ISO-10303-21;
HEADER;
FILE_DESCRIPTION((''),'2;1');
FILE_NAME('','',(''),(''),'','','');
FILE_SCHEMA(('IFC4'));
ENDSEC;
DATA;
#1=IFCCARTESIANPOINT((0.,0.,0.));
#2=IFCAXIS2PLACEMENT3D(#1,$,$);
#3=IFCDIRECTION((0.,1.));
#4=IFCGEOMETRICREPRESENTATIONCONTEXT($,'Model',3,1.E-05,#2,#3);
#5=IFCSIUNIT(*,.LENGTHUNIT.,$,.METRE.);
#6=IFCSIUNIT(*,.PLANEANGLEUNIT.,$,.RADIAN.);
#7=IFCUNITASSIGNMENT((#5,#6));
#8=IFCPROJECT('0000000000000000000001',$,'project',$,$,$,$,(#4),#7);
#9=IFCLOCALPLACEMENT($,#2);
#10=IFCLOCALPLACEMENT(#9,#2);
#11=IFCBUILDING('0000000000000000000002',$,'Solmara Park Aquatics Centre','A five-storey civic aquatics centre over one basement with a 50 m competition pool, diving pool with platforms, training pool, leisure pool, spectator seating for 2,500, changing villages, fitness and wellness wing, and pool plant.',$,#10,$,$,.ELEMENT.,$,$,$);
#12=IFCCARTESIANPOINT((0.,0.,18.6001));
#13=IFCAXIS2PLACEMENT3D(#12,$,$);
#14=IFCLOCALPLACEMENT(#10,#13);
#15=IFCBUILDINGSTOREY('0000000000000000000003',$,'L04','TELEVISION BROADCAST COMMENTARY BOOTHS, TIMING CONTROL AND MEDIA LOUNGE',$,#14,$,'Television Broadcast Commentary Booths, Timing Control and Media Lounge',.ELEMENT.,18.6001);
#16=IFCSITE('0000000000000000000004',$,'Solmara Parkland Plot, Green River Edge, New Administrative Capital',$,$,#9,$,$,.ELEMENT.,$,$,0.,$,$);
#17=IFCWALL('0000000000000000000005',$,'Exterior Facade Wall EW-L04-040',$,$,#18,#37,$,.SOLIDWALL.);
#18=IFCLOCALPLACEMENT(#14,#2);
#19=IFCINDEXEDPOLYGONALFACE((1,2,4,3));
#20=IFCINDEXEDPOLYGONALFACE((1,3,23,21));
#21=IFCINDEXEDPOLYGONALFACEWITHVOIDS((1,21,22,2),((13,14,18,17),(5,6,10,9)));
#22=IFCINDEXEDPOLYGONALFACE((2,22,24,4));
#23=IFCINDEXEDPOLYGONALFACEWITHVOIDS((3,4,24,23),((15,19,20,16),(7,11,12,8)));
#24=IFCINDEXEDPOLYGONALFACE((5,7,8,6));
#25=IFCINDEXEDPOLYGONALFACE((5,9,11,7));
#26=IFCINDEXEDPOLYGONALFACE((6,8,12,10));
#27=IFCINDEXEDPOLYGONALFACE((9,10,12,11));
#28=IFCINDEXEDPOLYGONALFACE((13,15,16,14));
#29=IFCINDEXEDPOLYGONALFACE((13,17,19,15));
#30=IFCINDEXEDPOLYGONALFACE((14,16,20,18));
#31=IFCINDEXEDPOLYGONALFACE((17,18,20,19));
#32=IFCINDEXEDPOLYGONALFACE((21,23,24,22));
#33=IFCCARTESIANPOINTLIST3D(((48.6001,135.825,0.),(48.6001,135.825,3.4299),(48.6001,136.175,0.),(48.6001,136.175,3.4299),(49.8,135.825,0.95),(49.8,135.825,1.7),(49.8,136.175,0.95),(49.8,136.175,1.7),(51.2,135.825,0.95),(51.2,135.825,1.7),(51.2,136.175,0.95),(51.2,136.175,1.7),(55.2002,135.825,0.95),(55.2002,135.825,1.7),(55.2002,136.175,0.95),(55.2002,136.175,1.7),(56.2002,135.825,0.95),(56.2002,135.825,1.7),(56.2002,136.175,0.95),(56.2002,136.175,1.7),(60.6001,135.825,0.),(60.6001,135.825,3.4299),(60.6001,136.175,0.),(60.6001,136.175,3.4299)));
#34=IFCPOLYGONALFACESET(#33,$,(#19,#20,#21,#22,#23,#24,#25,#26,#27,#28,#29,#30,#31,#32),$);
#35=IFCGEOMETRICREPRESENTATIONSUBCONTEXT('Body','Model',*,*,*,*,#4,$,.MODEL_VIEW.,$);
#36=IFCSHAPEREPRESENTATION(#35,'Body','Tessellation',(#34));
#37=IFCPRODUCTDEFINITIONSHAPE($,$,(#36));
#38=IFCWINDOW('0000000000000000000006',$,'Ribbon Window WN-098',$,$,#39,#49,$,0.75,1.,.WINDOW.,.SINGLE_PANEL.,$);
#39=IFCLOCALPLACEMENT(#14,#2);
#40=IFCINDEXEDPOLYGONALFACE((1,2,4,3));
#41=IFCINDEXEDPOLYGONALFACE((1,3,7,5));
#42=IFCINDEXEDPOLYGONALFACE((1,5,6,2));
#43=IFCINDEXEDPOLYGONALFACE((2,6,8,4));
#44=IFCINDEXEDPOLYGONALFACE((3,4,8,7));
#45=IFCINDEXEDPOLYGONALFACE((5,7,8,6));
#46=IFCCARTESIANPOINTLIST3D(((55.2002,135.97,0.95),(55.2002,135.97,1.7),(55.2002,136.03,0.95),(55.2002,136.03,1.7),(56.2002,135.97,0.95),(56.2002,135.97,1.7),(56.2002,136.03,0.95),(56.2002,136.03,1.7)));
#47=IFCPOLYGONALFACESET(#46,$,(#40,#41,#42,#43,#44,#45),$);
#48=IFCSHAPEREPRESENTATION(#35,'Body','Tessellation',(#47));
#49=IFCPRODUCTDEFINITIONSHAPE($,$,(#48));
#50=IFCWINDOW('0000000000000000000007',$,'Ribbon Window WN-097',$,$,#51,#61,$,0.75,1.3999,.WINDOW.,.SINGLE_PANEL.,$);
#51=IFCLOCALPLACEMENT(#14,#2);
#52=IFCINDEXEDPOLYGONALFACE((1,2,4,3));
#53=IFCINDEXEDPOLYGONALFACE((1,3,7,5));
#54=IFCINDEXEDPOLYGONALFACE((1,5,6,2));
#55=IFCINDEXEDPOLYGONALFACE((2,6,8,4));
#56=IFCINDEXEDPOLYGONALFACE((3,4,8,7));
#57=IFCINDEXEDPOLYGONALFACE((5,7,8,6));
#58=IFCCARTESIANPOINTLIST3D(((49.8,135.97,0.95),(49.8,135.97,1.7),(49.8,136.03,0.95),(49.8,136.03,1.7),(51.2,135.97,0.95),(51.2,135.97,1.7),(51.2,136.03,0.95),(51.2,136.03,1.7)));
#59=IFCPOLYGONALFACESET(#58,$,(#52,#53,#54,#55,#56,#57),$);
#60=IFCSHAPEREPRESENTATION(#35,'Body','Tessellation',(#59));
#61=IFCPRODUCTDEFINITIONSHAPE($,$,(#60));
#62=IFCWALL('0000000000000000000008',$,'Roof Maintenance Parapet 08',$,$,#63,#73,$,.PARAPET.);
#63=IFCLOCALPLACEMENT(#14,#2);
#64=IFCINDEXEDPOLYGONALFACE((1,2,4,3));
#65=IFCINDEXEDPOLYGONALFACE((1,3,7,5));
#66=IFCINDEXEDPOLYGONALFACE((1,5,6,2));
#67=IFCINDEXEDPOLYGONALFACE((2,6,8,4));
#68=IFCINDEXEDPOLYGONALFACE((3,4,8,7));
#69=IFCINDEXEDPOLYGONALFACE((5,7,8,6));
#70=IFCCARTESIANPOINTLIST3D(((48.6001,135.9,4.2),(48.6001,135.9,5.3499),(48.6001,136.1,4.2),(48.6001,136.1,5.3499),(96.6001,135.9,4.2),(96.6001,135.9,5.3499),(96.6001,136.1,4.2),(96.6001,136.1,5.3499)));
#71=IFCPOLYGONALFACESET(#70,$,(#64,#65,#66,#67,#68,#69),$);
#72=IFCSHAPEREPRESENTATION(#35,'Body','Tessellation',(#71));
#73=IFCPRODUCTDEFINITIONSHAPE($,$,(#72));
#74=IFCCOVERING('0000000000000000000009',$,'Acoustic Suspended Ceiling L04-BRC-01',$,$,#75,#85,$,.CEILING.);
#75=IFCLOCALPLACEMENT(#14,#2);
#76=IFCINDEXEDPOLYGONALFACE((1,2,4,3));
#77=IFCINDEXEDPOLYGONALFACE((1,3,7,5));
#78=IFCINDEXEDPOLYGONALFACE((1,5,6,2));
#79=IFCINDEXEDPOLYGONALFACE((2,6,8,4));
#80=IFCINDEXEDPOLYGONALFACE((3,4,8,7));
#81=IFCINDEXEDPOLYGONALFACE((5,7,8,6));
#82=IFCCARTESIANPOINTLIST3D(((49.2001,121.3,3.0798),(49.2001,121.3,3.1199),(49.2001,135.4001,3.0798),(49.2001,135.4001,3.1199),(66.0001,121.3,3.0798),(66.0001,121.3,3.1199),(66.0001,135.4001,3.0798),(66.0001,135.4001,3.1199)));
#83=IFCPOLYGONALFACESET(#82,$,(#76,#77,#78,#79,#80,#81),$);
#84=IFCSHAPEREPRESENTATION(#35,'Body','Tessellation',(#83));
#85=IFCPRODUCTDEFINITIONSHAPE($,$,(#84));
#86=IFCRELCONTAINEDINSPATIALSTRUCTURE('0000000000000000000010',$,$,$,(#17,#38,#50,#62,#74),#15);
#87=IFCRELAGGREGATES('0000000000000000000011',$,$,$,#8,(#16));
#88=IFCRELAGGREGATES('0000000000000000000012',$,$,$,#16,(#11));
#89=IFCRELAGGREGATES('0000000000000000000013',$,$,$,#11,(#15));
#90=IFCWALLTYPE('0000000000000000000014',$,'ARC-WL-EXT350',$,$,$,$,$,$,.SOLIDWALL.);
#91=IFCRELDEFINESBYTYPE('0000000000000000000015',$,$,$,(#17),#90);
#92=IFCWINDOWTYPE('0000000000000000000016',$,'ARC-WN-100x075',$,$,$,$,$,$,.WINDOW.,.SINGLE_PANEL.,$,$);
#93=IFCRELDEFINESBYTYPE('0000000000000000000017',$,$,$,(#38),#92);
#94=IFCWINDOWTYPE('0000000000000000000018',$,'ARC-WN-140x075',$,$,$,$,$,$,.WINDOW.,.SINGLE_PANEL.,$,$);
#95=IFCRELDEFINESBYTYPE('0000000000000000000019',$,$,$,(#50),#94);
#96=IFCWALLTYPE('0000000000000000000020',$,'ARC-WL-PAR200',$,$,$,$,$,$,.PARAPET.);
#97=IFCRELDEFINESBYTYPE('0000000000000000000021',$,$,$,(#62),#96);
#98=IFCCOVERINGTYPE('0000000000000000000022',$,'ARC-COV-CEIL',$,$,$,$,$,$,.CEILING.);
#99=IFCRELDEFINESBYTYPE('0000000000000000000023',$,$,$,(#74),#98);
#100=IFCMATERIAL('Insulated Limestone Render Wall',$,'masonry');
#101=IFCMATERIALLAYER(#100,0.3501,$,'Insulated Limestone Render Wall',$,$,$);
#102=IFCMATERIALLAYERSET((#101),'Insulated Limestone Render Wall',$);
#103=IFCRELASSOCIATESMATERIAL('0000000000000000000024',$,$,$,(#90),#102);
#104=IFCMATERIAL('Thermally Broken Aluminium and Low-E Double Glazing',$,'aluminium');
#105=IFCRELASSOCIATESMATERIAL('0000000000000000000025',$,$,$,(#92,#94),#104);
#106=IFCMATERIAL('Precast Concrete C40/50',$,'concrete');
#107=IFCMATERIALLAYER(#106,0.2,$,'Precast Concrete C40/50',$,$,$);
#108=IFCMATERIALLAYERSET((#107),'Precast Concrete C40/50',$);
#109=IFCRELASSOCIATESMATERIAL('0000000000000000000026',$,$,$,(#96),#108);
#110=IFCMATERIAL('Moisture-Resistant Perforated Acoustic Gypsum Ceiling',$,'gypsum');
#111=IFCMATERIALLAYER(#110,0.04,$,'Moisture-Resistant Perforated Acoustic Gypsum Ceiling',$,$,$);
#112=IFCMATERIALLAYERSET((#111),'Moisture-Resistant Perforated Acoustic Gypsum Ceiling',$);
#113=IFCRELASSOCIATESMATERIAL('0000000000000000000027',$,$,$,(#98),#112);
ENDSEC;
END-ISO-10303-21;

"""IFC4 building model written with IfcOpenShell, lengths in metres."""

from ifc_helpers import new_model, si_unit, direction, frame, frame_2d, origin, origin_2d, place, context, subcontext, project, spatial, rectangle, extrude, material, layer, layer_set, type_object, element, fill, save


model = new_model("IFC4")

# Units and contexts
model_context = context("Model", 3, precision=1e-05, world=origin(), true_north=direction((0.0, 1.0)))
body_context = subcontext(model_context, "Body", "Model", "MODEL_VIEW")
ifc_project = project(units=[si_unit("LENGTHUNIT", "METRE"), si_unit("PLANEANGLEUNIT", "RADIAN")], contexts=[model_context])

# Site, building, storey
site_placement = place(None, origin())
site = spatial("IfcSite", under=ifc_project, at=site_placement, Name="Solmara Parkland Plot, Green River Edge, New Administrative Capital", CompositionType="ELEMENT", RefElevation=0.0)
building_placement = place(site_placement, origin())
building = spatial("IfcBuilding", under=site, at=building_placement, Name="Solmara Park Aquatics Centre", Description="A five-storey civic aquatics centre over one basement with a 50 m competition pool, diving pool with platforms, training pool, leisure pool, spectator seating for 2,500, changing villages, fitness and wellness wing, and pool plant.", CompositionType="ELEMENT")
storey_placement = place(building_placement, frame((0.0, 0.0, 18.6001)))
storey = spatial("IfcBuildingStorey", under=building, at=storey_placement, Name="L04", Description="TELEVISION BROADCAST COMMENTARY BOOTHS, TIMING CONTROL AND MEDIA LOUNGE", LongName="Television Broadcast Commentary Booths, Timing Control and Media Lounge", CompositionType="ELEMENT", Elevation=18.6001)

# Wall, openings, windows
ifc_material_1 = material(Name="Insulated Limestone Render Wall", Category="masonry")
ifc_layer_1 = layer(ifc_material_1, 0.3501, Name="Insulated Limestone Render Wall")
ifc_layer_set_1 = layer_set([ifc_layer_1], Name="Insulated Limestone Render Wall")
wall_type_1 = type_object("IfcWallType", Name="ARC-WL-EXT350", PredefinedType="SOLIDWALL", material=ifc_layer_set_1)
wall_1_placement = place(storey_placement, frame((48.6001, 136.0, 0.0), z_axis=(0.0, 0.0, 1.0), x_axis=(1.0, 0.0, 0.0)))
wall_1 = element("IfcWall", 1, at=wall_1_placement, inside=storey, type_object=wall_type_1, Name="Exterior Facade Wall EW-L04-040", PredefinedType="SOLIDWALL", context=body_context, shape_type="SweptSolid", body=[
    extrude(rectangle(XDim=12.0, YDim=0.3501, at=frame_2d((6.0, 0.0))), origin(), (0.0, 0.0, 1.0), 3.4299),
])
opening_1_placement = place(wall_1_placement, frame((1.2, 0.0, 0.95)))
opening_1 = element("IfcOpeningElement", 2, at=opening_1_placement, cuts=wall_1, PredefinedType="OPENING", context=body_context, shape_type="SweptSolid", body=[
    extrude(rectangle(XDim=1.3999, YDim=0.75, at=frame_2d((0.7, 0.375))), frame((0.0, 0.1851, 0.0), z_axis=(0.0, -1.0, 0.0), x_axis=(1.0, 0.0, 0.0)), (0.0, 0.0, 1.0), 0.3701),
])
opening_2_placement = place(wall_1_placement, frame((6.6001, 0.0, 0.95)))
opening_2 = element("IfcOpeningElement", 3, at=opening_2_placement, cuts=wall_1, PredefinedType="OPENING", context=body_context, shape_type="SweptSolid", body=[
    extrude(rectangle(XDim=1.0, YDim=0.75, at=frame_2d((0.5, 0.375))), frame((0.0, 0.1851, 0.0), z_axis=(0.0, -1.0, 0.0), x_axis=(1.0, 0.0, 0.0)), (0.0, 0.0, 1.0), 0.3701),
])
ifc_material_2 = material(Name="Thermally Broken Aluminium and Low-E Double Glazing", Category="aluminium")
window_type_1 = type_object("IfcWindowType", Name="ARC-WN-100x075", PartitioningType="SINGLE_PANEL", PredefinedType="WINDOW", material=ifc_material_2)
window_1_placement = place(opening_2_placement, origin())
window_1 = element("IfcWindow", 4, at=window_1_placement, inside=storey, type_object=window_type_1, Name="Ribbon Window WN-098", OverallHeight=0.75, OverallWidth=1.0, PartitioningType="SINGLE_PANEL", PredefinedType="WINDOW", context=body_context, shape_type="SweptSolid", body=[
    extrude(rectangle(XDim=1.0, YDim=0.75, at=frame_2d((0.5, 0.375))), frame((0.0, 0.03, 0.0), z_axis=(0.0, -1.0, 0.0), x_axis=(1.0, 0.0, 0.0)), (0.0, 0.0, 1.0), 0.0601),
])
fill(opening_2, window_1)
window_type_2 = type_object("IfcWindowType", Name="ARC-WN-140x075", PartitioningType="SINGLE_PANEL", PredefinedType="WINDOW", material=ifc_material_2)
window_2_placement = place(opening_1_placement, origin())
window_2 = element("IfcWindow", 5, at=window_2_placement, inside=storey, type_object=window_type_2, Name="Ribbon Window WN-097", OverallHeight=0.75, OverallWidth=1.3999, PartitioningType="SINGLE_PANEL", PredefinedType="WINDOW", context=body_context, shape_type="SweptSolid", body=[
    extrude(rectangle(XDim=1.3999, YDim=0.75, at=frame_2d((0.7, 0.375))), frame((0.0, 0.03, 0.0), z_axis=(0.0, -1.0, 0.0), x_axis=(1.0, 0.0, 0.0)), (0.0, 0.0, 1.0), 0.0601),
])
fill(opening_1, window_2)

# Wall
ifc_material_3 = material(Name="Precast Concrete C40/50", Category="concrete")
ifc_layer_2 = layer(ifc_material_3, 0.2, Name="Precast Concrete C40/50")
ifc_layer_set_2 = layer_set([ifc_layer_2], Name="Precast Concrete C40/50")
wall_type_2 = type_object("IfcWallType", Name="ARC-WL-PAR200", PredefinedType="PARAPET", material=ifc_layer_set_2)
wall_2_placement = place(storey_placement, frame((48.6001, 136.0, 4.2), z_axis=(0.0, 0.0, 1.0), x_axis=(1.0, 0.0, 0.0)))
element("IfcWall", 6, at=wall_2_placement, inside=storey, type_object=wall_type_2, Name="Roof Maintenance Parapet 08", PredefinedType="PARAPET", context=body_context, shape_type="SweptSolid", body=[
    extrude(rectangle(XDim=48.0, YDim=0.2, at=frame_2d((24.0, 0.0))), origin(), (0.0, 0.0, 1.0), 1.1499),
])

# Covering
ifc_material_4 = material(Name="Moisture-Resistant Perforated Acoustic Gypsum Ceiling", Category="gypsum")
ifc_layer_3 = layer(ifc_material_4, 0.04, Name="Moisture-Resistant Perforated Acoustic Gypsum Ceiling")
ifc_layer_set_3 = layer_set([ifc_layer_3], Name="Moisture-Resistant Perforated Acoustic Gypsum Ceiling")
covering_type = type_object("IfcCoveringType", Name="ARC-COV-CEIL", PredefinedType="CEILING", material=ifc_layer_set_3)
covering_placement = place(storey_placement, frame((57.6001, 128.3501, 3.0798), z_axis=(0.0, 0.0, 1.0), x_axis=(1.0, 0.0, 0.0)))
element("IfcCovering", 7, at=covering_placement, inside=storey, type_object=covering_type, Name="Acoustic Suspended Ceiling L04-BRC-01", PredefinedType="CEILING", context=body_context, shape_type="SweptSolid", body=[
    extrude(rectangle(XDim=16.8, YDim=14.1001, at=origin_2d()), origin(), (0.0, 0.0, 1.0), 0.04),
])

save(model, "model.ifc")
